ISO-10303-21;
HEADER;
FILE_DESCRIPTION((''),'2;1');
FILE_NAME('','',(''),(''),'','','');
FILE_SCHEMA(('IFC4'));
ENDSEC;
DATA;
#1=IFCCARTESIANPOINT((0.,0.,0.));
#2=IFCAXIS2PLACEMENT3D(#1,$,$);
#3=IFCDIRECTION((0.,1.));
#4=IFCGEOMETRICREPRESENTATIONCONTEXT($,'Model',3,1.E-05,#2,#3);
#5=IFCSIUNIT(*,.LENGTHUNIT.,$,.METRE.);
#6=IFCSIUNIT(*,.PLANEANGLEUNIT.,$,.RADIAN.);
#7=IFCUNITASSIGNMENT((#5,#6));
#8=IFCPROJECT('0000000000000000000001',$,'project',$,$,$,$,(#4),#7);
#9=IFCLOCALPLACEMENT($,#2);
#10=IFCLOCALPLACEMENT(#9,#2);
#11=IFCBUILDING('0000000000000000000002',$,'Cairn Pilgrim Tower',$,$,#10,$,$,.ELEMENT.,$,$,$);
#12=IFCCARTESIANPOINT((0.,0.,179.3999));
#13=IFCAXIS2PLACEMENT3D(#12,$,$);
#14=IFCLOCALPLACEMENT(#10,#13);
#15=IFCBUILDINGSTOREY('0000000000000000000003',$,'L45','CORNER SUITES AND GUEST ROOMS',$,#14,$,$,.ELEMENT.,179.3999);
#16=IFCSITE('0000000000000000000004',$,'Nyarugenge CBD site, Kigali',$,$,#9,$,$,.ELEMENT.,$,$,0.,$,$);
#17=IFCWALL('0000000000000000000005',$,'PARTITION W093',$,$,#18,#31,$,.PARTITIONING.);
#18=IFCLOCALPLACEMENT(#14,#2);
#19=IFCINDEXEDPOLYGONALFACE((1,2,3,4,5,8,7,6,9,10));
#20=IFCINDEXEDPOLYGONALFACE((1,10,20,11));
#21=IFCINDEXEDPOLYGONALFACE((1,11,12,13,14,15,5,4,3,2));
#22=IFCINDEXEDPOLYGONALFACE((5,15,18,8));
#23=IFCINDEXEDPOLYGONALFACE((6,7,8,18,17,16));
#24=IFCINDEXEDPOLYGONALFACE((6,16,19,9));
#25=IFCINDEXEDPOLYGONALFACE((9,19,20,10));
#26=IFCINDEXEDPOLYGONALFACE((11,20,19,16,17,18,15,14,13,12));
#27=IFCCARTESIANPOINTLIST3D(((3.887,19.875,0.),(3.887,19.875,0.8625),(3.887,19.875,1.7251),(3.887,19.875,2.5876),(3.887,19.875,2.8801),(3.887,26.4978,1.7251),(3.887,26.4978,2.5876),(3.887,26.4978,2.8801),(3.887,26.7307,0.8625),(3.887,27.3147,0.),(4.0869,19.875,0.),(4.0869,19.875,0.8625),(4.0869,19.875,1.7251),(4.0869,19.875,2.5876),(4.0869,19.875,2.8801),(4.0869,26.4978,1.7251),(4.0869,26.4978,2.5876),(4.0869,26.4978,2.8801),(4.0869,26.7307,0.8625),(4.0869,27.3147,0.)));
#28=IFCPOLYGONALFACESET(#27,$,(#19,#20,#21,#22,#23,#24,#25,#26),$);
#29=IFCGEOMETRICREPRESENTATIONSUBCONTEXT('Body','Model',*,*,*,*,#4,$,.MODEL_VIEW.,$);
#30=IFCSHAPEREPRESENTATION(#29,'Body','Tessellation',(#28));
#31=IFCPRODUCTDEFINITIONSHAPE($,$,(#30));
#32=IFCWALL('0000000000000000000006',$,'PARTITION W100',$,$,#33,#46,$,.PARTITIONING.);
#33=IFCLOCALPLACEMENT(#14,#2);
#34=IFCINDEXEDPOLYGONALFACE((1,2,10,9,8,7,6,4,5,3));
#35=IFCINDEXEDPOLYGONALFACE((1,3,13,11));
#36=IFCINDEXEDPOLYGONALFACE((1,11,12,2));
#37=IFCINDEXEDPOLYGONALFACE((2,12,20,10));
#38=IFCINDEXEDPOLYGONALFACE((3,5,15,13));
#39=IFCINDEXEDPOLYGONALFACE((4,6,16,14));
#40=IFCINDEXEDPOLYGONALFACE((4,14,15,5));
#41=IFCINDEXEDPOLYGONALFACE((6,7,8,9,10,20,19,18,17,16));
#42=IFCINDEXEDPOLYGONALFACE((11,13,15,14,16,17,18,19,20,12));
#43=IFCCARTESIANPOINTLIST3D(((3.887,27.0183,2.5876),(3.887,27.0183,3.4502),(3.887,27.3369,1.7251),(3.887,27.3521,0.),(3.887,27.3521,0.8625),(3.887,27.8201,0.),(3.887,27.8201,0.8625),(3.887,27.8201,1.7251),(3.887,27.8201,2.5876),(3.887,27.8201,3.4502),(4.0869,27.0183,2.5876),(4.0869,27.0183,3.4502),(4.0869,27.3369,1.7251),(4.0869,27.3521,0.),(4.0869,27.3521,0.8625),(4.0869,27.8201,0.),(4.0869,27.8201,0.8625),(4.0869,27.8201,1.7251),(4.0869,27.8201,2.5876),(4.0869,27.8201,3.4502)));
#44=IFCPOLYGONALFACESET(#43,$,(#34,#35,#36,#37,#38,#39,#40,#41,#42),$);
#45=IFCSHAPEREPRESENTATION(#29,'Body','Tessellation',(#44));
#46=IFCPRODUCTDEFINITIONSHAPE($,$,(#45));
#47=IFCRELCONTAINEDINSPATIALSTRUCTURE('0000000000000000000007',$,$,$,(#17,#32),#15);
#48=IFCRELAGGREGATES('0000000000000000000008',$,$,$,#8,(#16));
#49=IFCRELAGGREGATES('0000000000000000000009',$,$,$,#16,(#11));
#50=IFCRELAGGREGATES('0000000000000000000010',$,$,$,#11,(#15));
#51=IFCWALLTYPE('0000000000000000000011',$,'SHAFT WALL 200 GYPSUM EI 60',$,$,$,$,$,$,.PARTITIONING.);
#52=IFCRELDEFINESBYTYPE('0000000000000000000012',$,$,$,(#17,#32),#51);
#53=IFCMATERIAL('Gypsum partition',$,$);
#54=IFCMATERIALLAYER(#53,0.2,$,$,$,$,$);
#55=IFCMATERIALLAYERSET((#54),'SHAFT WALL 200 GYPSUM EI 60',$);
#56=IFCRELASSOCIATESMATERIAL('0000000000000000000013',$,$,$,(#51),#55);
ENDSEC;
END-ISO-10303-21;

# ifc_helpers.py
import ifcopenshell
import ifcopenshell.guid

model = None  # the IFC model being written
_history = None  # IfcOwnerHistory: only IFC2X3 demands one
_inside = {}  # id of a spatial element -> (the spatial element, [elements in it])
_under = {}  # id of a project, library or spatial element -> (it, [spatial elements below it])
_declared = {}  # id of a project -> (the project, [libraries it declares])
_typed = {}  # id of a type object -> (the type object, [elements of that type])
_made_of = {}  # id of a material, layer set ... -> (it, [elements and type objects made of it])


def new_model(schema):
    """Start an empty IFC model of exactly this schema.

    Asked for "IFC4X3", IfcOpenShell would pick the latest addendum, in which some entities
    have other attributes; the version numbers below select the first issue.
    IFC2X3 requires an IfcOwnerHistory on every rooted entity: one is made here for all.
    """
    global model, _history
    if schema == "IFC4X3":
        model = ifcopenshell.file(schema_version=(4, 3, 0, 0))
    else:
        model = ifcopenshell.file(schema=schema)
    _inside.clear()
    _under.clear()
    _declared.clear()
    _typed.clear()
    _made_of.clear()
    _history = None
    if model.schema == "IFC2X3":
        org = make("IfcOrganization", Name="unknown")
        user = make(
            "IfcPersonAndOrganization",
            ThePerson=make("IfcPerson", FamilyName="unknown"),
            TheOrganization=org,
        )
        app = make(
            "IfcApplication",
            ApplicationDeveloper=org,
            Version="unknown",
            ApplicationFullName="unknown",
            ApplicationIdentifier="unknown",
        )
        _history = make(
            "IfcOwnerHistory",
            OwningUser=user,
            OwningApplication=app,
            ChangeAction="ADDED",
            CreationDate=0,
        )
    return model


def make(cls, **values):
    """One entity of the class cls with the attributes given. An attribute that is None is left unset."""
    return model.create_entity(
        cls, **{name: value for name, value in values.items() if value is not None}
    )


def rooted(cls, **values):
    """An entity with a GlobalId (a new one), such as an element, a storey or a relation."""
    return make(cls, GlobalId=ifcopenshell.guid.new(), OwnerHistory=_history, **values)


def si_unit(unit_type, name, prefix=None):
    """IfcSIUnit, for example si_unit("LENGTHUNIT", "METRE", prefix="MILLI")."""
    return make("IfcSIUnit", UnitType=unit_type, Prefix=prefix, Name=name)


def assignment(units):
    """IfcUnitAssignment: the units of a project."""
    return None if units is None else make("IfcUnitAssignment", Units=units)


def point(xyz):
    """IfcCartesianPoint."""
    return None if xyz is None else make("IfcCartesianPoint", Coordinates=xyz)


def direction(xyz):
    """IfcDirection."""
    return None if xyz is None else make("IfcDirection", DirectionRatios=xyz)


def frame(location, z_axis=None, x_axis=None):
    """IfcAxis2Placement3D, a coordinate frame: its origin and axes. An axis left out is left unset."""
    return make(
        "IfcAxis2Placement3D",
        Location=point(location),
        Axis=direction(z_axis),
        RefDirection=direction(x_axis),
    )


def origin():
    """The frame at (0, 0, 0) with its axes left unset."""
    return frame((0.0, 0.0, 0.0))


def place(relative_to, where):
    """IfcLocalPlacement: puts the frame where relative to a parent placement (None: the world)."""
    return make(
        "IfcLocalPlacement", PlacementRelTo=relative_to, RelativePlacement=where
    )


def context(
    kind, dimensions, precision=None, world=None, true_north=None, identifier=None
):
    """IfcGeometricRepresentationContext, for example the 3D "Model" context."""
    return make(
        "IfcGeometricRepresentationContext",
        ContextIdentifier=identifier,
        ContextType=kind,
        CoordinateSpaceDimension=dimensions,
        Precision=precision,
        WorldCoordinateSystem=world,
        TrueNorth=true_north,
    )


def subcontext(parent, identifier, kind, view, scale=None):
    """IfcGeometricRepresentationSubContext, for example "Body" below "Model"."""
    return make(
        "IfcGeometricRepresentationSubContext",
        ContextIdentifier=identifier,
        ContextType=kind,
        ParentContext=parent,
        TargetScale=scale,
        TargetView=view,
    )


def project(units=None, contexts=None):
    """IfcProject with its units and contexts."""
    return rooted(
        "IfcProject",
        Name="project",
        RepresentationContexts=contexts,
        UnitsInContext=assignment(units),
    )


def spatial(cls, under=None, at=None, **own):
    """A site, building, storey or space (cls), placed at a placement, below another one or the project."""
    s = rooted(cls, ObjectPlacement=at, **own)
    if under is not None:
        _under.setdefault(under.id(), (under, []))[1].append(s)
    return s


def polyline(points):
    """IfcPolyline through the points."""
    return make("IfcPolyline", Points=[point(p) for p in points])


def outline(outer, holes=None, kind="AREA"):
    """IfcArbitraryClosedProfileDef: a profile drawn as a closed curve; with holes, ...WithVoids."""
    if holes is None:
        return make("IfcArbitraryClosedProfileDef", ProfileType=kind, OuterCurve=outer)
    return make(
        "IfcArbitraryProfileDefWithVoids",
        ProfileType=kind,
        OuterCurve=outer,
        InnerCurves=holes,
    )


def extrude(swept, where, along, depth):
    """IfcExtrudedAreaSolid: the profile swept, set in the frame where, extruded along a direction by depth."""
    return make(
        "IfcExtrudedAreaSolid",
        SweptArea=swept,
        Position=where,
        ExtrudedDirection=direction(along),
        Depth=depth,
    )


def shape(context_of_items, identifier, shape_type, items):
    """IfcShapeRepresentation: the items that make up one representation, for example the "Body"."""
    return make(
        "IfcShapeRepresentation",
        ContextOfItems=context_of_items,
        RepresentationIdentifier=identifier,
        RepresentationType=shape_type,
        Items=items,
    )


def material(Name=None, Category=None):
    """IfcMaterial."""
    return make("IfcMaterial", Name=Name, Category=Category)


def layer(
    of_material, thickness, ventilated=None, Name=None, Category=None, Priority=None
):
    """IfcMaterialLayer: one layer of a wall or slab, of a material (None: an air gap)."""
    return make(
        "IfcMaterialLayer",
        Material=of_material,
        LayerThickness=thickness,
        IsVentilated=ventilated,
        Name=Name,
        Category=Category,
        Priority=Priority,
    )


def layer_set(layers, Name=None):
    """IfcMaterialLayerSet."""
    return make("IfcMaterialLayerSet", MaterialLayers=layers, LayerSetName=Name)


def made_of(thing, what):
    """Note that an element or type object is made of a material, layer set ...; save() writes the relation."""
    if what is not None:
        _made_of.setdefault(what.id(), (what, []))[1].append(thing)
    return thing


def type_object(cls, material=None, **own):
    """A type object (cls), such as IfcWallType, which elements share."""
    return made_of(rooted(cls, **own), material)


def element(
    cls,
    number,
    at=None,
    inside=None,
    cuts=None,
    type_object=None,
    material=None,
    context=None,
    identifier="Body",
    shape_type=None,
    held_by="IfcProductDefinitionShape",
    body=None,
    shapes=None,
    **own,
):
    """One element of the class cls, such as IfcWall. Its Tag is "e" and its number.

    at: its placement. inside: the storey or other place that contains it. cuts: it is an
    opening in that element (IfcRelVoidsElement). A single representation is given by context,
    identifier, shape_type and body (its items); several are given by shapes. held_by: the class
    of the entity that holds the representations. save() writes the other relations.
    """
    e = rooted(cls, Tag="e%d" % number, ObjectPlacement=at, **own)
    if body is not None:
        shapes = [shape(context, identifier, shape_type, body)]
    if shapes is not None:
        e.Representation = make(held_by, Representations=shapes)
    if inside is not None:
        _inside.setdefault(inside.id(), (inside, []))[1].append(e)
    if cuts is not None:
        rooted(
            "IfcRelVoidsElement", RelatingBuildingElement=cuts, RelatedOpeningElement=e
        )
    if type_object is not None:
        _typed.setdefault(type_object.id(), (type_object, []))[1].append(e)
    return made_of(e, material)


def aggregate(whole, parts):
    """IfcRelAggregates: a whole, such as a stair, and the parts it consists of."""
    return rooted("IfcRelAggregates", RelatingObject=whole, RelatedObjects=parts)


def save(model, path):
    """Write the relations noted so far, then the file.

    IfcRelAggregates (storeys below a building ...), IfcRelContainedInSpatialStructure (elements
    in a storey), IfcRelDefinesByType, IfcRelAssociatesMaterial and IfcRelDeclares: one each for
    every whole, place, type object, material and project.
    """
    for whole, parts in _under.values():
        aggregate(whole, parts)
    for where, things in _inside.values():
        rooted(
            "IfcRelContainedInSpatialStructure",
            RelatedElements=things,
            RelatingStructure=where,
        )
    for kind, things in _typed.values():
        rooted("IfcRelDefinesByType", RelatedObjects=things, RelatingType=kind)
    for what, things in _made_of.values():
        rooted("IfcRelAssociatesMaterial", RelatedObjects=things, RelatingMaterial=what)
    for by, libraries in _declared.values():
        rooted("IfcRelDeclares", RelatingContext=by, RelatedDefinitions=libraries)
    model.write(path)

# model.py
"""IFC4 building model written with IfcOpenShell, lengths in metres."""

from ifc_helpers import new_model, si_unit, direction, frame, origin, place, context, subcontext, project, spatial, polyline, outline, extrude, material, layer, layer_set, type_object, element, save


model = new_model("IFC4")

# Units and contexts
model_context = context("Model", 3, precision=1e-05, world=origin(), true_north=direction((0.0, 1.0)))
body_context = subcontext(model_context, "Body", "Model", "MODEL_VIEW")
ifc_project = project(units=[si_unit("LENGTHUNIT", "METRE"), si_unit("PLANEANGLEUNIT", "RADIAN")], contexts=[model_context])

# Site, building, storey
site_placement = place(None, origin())
site = spatial("IfcSite", under=ifc_project, at=site_placement, Name="Nyarugenge CBD site, Kigali", CompositionType="ELEMENT", RefElevation=0.0)
building_placement = place(site_placement, origin())
building = spatial("IfcBuilding", under=site, at=building_placement, Name="Cairn Pilgrim Tower", CompositionType="ELEMENT")
storey_placement = place(building_placement, frame((0.0, 0.0, 179.3999)))
storey = spatial("IfcBuildingStorey", under=building, at=storey_placement, Name="L45", Description="CORNER SUITES AND GUEST ROOMS", CompositionType="ELEMENT", Elevation=179.3999)

# Shared definitions
ifc_material_1 = material(Name="Gypsum partition")

# Walls
ifc_layer_1 = layer(ifc_material_1, 0.2)
ifc_layer_set_1 = layer_set([ifc_layer_1], Name="SHAFT WALL 200 GYPSUM EI 60")
wall_type_1 = type_object("IfcWallType", Name="SHAFT WALL 200 GYPSUM EI 60", PredefinedType="PARTITIONING", material=ifc_layer_set_1)
wall_1_placement = place(storey_placement, frame((3.9871, 19.875, 0.0), z_axis=(0.0, 0.0, 1.0), x_axis=(0.0, 1.0, 0.0)))
element("IfcWall", 1, at=wall_1_placement, inside=storey, type_object=wall_type_1, Name="PARTITION W093", PredefinedType="PARTITIONING", context=body_context, shape_type="SweptSolid", body=[
    extrude(outline(polyline([(0.0, 0.0), (7.4397, 0.0), (6.8557, 0.8625), (6.6228, 1.7251), (6.6228, 2.5876), (6.6228, 2.8801), (0.0, 2.8801), (0.0, 2.5876), (0.0, 1.7251), (0.0, 0.8625), (0.0, 0.0)])), frame((0.0, 0.1001, 0.0), z_axis=(0.0, -1.0, 0.0), x_axis=(1.0, 0.0, 0.0)), (0.0, 0.0, 1.0), 0.2),
])
wall_2_placement = place(storey_placement, frame((3.9871, 27.0183, 0.0), z_axis=(0.0, 0.0, 1.0), x_axis=(0.0, 1.0, 0.0)))
element("IfcWall", 2, at=wall_2_placement, inside=storey, type_object=wall_type_1, Name="PARTITION W100", PredefinedType="PARTITIONING", context=body_context, shape_type="SweptSolid", body=[
    extrude(outline(polyline([(0.3337, 0.0), (0.8018, 0.0), (0.8018, 0.8625), (0.8018, 1.7251), (0.8018, 2.5876), (0.8018, 3.4502), (0.0, 3.4502), (0.0, 2.5876), (0.3186, 1.7251), (0.3337, 0.8625), (0.3337, 0.0)])), frame((0.0, 0.1001, 0.0), z_axis=(0.0, -1.0, 0.0), x_axis=(1.0, 0.0, 0.0)), (0.0, 0.0, 1.0), 0.2),
])

save(model, "model.ifc")
